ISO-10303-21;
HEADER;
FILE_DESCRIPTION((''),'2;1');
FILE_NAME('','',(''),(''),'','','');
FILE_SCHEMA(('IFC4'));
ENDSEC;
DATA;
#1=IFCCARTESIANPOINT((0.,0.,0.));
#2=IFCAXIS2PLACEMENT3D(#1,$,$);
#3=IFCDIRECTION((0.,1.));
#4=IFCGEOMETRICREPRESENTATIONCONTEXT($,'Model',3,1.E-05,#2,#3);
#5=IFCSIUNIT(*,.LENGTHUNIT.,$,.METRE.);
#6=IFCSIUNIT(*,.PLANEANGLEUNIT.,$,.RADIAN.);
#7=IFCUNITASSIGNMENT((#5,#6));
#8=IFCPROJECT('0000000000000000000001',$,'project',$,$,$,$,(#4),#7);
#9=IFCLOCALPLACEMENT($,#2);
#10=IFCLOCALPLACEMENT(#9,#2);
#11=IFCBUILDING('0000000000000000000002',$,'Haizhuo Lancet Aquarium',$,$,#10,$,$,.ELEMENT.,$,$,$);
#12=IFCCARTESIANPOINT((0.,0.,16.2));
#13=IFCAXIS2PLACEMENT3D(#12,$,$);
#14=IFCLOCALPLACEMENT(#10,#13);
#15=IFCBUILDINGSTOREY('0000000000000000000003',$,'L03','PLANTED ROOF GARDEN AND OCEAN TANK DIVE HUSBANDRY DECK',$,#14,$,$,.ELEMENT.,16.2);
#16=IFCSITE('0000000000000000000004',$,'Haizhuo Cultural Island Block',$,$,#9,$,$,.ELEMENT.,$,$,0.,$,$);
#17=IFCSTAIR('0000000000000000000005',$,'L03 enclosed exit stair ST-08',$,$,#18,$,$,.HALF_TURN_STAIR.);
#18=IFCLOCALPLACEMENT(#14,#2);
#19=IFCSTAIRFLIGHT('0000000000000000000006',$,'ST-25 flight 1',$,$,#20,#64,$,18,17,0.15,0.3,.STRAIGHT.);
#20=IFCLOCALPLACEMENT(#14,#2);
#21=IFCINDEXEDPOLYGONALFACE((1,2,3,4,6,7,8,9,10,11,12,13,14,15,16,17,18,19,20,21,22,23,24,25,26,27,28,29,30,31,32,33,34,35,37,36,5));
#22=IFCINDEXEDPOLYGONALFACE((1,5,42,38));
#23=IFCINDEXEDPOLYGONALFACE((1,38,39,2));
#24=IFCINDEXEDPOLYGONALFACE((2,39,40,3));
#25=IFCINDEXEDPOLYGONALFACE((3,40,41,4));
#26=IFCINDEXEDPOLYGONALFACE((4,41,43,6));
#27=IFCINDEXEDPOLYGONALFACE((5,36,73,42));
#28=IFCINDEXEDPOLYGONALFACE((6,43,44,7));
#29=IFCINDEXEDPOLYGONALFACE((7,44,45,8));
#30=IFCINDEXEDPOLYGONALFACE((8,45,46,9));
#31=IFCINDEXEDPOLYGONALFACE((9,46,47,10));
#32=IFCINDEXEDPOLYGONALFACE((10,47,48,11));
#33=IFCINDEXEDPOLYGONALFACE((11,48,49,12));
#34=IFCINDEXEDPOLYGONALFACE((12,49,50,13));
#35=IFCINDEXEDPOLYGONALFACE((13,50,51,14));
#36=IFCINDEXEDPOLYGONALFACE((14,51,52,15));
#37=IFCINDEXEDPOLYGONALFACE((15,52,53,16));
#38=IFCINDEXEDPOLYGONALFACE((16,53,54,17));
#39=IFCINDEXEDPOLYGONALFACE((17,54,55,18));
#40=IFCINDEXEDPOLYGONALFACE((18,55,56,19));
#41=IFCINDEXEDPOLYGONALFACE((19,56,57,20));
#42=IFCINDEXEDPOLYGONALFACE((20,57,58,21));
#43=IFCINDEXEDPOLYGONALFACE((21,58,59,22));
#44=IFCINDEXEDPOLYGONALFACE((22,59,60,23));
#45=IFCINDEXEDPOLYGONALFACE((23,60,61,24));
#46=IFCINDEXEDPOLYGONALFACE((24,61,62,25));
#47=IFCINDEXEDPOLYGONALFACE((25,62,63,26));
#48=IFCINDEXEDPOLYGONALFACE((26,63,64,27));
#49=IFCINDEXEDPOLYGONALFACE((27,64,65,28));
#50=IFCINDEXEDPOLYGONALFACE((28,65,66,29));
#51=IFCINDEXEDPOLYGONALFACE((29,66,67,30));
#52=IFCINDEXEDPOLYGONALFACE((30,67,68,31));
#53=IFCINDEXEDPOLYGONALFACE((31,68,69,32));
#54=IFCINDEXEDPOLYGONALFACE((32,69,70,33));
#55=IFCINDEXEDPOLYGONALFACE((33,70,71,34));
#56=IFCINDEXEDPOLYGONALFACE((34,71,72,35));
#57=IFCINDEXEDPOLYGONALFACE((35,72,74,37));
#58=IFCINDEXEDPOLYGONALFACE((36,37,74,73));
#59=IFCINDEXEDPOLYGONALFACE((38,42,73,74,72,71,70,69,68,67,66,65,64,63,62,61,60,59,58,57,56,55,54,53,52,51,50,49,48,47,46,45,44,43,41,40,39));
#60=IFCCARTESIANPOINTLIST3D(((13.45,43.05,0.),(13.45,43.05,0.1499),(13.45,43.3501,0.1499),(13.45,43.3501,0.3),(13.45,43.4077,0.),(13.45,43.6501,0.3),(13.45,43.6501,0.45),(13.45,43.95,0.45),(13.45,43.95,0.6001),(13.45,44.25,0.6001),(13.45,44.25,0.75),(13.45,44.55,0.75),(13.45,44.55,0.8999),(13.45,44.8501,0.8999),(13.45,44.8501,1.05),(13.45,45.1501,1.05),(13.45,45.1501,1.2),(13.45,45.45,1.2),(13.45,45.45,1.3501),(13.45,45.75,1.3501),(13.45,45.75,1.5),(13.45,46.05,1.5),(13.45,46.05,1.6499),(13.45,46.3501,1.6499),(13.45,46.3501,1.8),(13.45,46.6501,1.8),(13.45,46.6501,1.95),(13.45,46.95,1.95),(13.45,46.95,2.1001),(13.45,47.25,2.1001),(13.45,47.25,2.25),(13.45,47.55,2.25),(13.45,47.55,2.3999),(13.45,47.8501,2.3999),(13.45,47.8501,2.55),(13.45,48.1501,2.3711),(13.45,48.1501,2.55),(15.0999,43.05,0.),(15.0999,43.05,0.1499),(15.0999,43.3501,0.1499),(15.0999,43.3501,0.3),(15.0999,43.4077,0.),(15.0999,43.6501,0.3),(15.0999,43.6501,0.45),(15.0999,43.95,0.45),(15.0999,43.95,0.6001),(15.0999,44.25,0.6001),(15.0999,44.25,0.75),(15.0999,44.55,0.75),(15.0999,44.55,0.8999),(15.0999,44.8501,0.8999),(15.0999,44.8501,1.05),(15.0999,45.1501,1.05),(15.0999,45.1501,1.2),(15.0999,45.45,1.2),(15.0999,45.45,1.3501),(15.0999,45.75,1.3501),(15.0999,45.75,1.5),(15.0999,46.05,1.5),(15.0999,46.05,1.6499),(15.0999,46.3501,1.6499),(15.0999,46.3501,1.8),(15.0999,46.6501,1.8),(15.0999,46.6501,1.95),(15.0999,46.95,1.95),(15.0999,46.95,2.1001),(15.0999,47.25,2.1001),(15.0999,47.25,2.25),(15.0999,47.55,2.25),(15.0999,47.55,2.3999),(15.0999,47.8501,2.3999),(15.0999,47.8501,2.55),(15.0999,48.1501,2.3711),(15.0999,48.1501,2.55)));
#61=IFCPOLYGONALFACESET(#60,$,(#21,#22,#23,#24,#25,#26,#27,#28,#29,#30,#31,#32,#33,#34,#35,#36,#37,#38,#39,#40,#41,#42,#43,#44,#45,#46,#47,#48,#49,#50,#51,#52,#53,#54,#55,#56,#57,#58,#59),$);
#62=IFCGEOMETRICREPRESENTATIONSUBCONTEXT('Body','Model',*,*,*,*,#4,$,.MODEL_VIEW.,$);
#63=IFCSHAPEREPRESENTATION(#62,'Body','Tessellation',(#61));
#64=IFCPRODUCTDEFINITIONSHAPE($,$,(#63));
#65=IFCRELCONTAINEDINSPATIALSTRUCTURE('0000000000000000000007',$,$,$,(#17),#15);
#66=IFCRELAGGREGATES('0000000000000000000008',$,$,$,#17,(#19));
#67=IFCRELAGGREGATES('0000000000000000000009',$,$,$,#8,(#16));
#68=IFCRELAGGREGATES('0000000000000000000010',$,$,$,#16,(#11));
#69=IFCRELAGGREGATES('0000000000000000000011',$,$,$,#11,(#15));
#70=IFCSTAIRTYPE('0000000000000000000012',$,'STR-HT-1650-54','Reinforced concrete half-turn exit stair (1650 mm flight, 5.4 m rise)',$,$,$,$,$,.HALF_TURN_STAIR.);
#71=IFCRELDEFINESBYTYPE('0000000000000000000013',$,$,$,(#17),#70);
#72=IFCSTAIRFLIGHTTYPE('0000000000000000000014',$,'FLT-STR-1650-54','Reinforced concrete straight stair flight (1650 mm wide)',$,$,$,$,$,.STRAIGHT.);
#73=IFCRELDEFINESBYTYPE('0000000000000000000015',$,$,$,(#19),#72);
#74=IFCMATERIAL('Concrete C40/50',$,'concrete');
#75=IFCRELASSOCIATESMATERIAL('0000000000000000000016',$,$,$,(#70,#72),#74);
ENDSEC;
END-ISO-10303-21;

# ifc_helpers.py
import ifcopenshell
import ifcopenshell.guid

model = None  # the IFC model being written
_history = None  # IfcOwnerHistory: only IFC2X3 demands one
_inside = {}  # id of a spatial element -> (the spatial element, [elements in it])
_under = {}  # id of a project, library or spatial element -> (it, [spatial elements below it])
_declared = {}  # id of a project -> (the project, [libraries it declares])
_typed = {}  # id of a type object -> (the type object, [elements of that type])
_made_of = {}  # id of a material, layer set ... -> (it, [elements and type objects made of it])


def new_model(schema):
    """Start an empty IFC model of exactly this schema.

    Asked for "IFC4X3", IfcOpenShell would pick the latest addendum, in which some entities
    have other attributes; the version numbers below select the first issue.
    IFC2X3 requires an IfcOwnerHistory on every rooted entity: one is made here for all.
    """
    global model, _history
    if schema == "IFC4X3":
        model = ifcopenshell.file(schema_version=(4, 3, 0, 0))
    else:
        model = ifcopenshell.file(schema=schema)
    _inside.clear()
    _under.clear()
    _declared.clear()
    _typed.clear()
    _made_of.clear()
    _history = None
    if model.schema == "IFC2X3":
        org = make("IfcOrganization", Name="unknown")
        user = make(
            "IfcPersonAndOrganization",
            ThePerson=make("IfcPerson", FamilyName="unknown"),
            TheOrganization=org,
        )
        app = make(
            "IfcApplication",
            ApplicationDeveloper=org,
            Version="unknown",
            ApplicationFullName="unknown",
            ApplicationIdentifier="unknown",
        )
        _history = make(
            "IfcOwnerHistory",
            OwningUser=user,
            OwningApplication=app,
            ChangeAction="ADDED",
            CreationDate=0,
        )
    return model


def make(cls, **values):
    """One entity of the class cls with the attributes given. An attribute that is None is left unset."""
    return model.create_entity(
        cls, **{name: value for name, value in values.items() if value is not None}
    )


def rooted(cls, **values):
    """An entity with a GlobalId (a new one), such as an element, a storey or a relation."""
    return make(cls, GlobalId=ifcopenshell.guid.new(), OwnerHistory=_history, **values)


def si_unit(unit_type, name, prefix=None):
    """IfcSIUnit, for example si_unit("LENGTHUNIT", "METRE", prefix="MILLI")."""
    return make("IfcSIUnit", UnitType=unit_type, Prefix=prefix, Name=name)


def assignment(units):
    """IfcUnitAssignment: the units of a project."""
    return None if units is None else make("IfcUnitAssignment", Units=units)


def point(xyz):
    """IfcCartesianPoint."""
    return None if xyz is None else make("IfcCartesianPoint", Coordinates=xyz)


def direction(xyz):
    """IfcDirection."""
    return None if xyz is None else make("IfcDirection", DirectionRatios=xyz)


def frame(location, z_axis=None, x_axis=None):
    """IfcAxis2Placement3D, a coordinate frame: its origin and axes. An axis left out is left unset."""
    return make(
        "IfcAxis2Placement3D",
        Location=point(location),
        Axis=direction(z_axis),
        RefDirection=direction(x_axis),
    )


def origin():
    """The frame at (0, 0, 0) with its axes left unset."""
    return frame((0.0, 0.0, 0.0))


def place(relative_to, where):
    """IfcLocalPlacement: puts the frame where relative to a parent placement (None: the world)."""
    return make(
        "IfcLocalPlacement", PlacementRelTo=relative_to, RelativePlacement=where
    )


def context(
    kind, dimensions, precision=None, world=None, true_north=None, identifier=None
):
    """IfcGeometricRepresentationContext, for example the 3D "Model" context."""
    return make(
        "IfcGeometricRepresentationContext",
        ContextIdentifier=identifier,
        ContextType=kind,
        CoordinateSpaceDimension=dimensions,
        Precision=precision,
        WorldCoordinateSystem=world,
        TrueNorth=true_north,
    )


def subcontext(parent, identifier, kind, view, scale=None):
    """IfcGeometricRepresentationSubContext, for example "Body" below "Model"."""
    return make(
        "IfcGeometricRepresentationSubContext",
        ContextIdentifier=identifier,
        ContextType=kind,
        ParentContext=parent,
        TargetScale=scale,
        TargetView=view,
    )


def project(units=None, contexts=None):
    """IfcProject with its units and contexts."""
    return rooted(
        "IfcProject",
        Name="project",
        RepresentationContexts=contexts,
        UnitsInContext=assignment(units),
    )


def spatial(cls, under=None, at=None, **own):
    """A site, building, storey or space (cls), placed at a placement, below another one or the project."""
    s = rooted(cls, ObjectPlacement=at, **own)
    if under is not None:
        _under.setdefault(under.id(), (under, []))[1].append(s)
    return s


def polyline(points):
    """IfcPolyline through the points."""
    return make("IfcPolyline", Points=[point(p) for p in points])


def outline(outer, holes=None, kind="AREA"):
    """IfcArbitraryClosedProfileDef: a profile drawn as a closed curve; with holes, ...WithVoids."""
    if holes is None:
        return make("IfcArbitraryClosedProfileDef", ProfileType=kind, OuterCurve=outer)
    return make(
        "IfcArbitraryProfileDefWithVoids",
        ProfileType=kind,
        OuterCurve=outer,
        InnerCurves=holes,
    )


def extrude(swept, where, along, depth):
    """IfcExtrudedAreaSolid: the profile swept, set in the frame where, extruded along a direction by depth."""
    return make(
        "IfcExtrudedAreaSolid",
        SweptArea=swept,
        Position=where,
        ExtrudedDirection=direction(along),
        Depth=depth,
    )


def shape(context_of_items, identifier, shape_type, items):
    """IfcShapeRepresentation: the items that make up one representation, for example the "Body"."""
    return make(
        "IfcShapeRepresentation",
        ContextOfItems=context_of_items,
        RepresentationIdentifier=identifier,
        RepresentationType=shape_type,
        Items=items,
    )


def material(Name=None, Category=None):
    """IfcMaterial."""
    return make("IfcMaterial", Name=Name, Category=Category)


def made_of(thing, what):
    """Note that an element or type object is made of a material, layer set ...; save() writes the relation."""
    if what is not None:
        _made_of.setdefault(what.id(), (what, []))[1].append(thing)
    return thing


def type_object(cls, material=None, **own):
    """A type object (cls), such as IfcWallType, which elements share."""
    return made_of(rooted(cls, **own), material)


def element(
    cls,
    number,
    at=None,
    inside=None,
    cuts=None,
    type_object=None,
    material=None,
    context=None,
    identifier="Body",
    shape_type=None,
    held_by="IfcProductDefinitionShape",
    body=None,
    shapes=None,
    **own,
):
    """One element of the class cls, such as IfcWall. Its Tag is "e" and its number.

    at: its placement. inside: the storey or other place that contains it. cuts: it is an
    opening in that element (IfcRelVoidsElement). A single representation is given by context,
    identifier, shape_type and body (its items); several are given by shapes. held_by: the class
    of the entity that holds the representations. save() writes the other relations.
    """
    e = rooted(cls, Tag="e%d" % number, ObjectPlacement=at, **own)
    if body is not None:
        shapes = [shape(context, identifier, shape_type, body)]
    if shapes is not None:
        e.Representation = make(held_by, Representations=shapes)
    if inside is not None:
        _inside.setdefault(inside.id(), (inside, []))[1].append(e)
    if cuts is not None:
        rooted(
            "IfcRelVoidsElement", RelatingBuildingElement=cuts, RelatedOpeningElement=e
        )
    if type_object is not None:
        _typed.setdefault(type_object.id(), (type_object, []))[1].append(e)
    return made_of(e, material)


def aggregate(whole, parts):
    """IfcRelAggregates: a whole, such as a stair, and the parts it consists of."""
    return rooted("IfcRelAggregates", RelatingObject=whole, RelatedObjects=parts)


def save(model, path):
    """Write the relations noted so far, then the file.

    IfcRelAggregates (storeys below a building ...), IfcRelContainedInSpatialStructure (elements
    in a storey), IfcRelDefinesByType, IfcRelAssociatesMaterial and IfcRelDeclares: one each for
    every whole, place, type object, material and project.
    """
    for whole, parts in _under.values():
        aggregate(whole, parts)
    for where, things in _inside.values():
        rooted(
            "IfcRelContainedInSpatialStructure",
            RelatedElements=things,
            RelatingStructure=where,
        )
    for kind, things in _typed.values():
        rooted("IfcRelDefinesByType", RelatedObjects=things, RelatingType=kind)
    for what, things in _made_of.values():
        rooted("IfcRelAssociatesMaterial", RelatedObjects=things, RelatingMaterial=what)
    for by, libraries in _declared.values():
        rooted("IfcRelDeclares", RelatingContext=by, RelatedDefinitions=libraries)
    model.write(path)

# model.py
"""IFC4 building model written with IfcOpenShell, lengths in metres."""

from ifc_helpers import new_model, si_unit, direction, frame, origin, place, context, subcontext, project, spatial, polyline, outline, extrude, material, type_object, element, aggregate, save


model = new_model("IFC4")

# Units and contexts
model_context = context("Model", 3, precision=1e-05, world=origin(), true_north=direction((0.0, 1.0)))
body_context = subcontext(model_context, "Body", "Model", "MODEL_VIEW")
ifc_project = project(units=[si_unit("LENGTHUNIT", "METRE"), si_unit("PLANEANGLEUNIT", "RADIAN")], contexts=[model_context])

# Site, building, storey
site_placement = place(None, origin())
site = spatial("IfcSite", under=ifc_project, at=site_placement, Name="Haizhuo Cultural Island Block", CompositionType="ELEMENT", RefElevation=0.0)
building_placement = place(site_placement, origin())
building = spatial("IfcBuilding", under=site, at=building_placement, Name="Haizhuo Lancet Aquarium", CompositionType="ELEMENT")
storey_placement = place(building_placement, frame((0.0, 0.0, 16.2)))
storey = spatial("IfcBuildingStorey", under=building, at=storey_placement, Name="L03", Description="PLANTED ROOF GARDEN AND OCEAN TANK DIVE HUSBANDRY DECK", CompositionType="ELEMENT", Elevation=16.2)

# Shared definitions
ifc_material_1 = material(Name="Concrete C40/50", Category="concrete")

# Stair, stair flight
stair_type = type_object("IfcStairType", Name="STR-HT-1650-54", Description="Reinforced concrete half-turn exit stair (1650 mm flight, 5.4 m rise)", PredefinedType="HALF_TURN_STAIR", material=ifc_material_1)
stair_placement = place(storey_placement, origin())
stair = element("IfcStair", 1, at=stair_placement, inside=storey, type_object=stair_type, Name="L03 enclosed exit stair ST-08", PredefinedType="HALF_TURN_STAIR")
stair_flight_type = type_object("IfcStairFlightType", Name="FLT-STR-1650-54", Description="Reinforced concrete straight stair flight (1650 mm wide)", PredefinedType="STRAIGHT", material=ifc_material_1)
stair_flight_placement = place(storey_placement, frame((14.2749, 43.05, 0.0), z_axis=(0.0, 0.0, 1.0), x_axis=(0.0, 1.0, 0.0)))
stair_flight = element("IfcStairFlight", 2, at=stair_flight_placement, type_object=stair_flight_type, Name="ST-25 flight 1", NumberOfRisers=18, NumberOfTreads=17, PredefinedType="STRAIGHT", RiserHeight=0.15, TreadLength=0.3, context=body_context, shape_type="SweptSolid", body=[
    extrude(outline(polyline([(0.0, 0.0), (0.0, 0.1499), (0.3, 0.1499), (0.3, 0.3), (0.6001, 0.3), (0.6001, 0.45), (0.8999, 0.45), (0.8999, 0.6001), (1.2, 0.6001), (1.2, 0.75), (1.5, 0.75), (1.5, 0.8999), (1.8, 0.8999), (1.8, 1.05), (2.1001, 1.05), (2.1001, 1.2), (2.3999, 1.2), (2.3999, 1.3501), (2.7, 1.3501), (2.7, 1.5), (3.0, 1.5), (3.0, 1.6499), (3.3, 1.6499), (3.3, 1.8), (3.6001, 1.8), (3.6001, 1.95), (3.8999, 1.95), (3.8999, 2.1001), (4.2, 2.1001), (4.2, 2.25), (4.5, 2.25), (4.5, 2.3999), (4.8, 2.3999), (4.8, 2.55), (5.1001, 2.55), (5.1001, 2.7), (5.1001, 2.3711), (0.3577, 0.0), (0.0, 0.0)])), frame((0.0, 0.825, 0.0), z_axis=(0.0, -1.0, 0.0), x_axis=(1.0, 0.0, 0.0)), (0.0, 0.0, 1.0), 1.6499),
])
aggregate(stair, [stair_flight])

save(model, "model.ifc")
